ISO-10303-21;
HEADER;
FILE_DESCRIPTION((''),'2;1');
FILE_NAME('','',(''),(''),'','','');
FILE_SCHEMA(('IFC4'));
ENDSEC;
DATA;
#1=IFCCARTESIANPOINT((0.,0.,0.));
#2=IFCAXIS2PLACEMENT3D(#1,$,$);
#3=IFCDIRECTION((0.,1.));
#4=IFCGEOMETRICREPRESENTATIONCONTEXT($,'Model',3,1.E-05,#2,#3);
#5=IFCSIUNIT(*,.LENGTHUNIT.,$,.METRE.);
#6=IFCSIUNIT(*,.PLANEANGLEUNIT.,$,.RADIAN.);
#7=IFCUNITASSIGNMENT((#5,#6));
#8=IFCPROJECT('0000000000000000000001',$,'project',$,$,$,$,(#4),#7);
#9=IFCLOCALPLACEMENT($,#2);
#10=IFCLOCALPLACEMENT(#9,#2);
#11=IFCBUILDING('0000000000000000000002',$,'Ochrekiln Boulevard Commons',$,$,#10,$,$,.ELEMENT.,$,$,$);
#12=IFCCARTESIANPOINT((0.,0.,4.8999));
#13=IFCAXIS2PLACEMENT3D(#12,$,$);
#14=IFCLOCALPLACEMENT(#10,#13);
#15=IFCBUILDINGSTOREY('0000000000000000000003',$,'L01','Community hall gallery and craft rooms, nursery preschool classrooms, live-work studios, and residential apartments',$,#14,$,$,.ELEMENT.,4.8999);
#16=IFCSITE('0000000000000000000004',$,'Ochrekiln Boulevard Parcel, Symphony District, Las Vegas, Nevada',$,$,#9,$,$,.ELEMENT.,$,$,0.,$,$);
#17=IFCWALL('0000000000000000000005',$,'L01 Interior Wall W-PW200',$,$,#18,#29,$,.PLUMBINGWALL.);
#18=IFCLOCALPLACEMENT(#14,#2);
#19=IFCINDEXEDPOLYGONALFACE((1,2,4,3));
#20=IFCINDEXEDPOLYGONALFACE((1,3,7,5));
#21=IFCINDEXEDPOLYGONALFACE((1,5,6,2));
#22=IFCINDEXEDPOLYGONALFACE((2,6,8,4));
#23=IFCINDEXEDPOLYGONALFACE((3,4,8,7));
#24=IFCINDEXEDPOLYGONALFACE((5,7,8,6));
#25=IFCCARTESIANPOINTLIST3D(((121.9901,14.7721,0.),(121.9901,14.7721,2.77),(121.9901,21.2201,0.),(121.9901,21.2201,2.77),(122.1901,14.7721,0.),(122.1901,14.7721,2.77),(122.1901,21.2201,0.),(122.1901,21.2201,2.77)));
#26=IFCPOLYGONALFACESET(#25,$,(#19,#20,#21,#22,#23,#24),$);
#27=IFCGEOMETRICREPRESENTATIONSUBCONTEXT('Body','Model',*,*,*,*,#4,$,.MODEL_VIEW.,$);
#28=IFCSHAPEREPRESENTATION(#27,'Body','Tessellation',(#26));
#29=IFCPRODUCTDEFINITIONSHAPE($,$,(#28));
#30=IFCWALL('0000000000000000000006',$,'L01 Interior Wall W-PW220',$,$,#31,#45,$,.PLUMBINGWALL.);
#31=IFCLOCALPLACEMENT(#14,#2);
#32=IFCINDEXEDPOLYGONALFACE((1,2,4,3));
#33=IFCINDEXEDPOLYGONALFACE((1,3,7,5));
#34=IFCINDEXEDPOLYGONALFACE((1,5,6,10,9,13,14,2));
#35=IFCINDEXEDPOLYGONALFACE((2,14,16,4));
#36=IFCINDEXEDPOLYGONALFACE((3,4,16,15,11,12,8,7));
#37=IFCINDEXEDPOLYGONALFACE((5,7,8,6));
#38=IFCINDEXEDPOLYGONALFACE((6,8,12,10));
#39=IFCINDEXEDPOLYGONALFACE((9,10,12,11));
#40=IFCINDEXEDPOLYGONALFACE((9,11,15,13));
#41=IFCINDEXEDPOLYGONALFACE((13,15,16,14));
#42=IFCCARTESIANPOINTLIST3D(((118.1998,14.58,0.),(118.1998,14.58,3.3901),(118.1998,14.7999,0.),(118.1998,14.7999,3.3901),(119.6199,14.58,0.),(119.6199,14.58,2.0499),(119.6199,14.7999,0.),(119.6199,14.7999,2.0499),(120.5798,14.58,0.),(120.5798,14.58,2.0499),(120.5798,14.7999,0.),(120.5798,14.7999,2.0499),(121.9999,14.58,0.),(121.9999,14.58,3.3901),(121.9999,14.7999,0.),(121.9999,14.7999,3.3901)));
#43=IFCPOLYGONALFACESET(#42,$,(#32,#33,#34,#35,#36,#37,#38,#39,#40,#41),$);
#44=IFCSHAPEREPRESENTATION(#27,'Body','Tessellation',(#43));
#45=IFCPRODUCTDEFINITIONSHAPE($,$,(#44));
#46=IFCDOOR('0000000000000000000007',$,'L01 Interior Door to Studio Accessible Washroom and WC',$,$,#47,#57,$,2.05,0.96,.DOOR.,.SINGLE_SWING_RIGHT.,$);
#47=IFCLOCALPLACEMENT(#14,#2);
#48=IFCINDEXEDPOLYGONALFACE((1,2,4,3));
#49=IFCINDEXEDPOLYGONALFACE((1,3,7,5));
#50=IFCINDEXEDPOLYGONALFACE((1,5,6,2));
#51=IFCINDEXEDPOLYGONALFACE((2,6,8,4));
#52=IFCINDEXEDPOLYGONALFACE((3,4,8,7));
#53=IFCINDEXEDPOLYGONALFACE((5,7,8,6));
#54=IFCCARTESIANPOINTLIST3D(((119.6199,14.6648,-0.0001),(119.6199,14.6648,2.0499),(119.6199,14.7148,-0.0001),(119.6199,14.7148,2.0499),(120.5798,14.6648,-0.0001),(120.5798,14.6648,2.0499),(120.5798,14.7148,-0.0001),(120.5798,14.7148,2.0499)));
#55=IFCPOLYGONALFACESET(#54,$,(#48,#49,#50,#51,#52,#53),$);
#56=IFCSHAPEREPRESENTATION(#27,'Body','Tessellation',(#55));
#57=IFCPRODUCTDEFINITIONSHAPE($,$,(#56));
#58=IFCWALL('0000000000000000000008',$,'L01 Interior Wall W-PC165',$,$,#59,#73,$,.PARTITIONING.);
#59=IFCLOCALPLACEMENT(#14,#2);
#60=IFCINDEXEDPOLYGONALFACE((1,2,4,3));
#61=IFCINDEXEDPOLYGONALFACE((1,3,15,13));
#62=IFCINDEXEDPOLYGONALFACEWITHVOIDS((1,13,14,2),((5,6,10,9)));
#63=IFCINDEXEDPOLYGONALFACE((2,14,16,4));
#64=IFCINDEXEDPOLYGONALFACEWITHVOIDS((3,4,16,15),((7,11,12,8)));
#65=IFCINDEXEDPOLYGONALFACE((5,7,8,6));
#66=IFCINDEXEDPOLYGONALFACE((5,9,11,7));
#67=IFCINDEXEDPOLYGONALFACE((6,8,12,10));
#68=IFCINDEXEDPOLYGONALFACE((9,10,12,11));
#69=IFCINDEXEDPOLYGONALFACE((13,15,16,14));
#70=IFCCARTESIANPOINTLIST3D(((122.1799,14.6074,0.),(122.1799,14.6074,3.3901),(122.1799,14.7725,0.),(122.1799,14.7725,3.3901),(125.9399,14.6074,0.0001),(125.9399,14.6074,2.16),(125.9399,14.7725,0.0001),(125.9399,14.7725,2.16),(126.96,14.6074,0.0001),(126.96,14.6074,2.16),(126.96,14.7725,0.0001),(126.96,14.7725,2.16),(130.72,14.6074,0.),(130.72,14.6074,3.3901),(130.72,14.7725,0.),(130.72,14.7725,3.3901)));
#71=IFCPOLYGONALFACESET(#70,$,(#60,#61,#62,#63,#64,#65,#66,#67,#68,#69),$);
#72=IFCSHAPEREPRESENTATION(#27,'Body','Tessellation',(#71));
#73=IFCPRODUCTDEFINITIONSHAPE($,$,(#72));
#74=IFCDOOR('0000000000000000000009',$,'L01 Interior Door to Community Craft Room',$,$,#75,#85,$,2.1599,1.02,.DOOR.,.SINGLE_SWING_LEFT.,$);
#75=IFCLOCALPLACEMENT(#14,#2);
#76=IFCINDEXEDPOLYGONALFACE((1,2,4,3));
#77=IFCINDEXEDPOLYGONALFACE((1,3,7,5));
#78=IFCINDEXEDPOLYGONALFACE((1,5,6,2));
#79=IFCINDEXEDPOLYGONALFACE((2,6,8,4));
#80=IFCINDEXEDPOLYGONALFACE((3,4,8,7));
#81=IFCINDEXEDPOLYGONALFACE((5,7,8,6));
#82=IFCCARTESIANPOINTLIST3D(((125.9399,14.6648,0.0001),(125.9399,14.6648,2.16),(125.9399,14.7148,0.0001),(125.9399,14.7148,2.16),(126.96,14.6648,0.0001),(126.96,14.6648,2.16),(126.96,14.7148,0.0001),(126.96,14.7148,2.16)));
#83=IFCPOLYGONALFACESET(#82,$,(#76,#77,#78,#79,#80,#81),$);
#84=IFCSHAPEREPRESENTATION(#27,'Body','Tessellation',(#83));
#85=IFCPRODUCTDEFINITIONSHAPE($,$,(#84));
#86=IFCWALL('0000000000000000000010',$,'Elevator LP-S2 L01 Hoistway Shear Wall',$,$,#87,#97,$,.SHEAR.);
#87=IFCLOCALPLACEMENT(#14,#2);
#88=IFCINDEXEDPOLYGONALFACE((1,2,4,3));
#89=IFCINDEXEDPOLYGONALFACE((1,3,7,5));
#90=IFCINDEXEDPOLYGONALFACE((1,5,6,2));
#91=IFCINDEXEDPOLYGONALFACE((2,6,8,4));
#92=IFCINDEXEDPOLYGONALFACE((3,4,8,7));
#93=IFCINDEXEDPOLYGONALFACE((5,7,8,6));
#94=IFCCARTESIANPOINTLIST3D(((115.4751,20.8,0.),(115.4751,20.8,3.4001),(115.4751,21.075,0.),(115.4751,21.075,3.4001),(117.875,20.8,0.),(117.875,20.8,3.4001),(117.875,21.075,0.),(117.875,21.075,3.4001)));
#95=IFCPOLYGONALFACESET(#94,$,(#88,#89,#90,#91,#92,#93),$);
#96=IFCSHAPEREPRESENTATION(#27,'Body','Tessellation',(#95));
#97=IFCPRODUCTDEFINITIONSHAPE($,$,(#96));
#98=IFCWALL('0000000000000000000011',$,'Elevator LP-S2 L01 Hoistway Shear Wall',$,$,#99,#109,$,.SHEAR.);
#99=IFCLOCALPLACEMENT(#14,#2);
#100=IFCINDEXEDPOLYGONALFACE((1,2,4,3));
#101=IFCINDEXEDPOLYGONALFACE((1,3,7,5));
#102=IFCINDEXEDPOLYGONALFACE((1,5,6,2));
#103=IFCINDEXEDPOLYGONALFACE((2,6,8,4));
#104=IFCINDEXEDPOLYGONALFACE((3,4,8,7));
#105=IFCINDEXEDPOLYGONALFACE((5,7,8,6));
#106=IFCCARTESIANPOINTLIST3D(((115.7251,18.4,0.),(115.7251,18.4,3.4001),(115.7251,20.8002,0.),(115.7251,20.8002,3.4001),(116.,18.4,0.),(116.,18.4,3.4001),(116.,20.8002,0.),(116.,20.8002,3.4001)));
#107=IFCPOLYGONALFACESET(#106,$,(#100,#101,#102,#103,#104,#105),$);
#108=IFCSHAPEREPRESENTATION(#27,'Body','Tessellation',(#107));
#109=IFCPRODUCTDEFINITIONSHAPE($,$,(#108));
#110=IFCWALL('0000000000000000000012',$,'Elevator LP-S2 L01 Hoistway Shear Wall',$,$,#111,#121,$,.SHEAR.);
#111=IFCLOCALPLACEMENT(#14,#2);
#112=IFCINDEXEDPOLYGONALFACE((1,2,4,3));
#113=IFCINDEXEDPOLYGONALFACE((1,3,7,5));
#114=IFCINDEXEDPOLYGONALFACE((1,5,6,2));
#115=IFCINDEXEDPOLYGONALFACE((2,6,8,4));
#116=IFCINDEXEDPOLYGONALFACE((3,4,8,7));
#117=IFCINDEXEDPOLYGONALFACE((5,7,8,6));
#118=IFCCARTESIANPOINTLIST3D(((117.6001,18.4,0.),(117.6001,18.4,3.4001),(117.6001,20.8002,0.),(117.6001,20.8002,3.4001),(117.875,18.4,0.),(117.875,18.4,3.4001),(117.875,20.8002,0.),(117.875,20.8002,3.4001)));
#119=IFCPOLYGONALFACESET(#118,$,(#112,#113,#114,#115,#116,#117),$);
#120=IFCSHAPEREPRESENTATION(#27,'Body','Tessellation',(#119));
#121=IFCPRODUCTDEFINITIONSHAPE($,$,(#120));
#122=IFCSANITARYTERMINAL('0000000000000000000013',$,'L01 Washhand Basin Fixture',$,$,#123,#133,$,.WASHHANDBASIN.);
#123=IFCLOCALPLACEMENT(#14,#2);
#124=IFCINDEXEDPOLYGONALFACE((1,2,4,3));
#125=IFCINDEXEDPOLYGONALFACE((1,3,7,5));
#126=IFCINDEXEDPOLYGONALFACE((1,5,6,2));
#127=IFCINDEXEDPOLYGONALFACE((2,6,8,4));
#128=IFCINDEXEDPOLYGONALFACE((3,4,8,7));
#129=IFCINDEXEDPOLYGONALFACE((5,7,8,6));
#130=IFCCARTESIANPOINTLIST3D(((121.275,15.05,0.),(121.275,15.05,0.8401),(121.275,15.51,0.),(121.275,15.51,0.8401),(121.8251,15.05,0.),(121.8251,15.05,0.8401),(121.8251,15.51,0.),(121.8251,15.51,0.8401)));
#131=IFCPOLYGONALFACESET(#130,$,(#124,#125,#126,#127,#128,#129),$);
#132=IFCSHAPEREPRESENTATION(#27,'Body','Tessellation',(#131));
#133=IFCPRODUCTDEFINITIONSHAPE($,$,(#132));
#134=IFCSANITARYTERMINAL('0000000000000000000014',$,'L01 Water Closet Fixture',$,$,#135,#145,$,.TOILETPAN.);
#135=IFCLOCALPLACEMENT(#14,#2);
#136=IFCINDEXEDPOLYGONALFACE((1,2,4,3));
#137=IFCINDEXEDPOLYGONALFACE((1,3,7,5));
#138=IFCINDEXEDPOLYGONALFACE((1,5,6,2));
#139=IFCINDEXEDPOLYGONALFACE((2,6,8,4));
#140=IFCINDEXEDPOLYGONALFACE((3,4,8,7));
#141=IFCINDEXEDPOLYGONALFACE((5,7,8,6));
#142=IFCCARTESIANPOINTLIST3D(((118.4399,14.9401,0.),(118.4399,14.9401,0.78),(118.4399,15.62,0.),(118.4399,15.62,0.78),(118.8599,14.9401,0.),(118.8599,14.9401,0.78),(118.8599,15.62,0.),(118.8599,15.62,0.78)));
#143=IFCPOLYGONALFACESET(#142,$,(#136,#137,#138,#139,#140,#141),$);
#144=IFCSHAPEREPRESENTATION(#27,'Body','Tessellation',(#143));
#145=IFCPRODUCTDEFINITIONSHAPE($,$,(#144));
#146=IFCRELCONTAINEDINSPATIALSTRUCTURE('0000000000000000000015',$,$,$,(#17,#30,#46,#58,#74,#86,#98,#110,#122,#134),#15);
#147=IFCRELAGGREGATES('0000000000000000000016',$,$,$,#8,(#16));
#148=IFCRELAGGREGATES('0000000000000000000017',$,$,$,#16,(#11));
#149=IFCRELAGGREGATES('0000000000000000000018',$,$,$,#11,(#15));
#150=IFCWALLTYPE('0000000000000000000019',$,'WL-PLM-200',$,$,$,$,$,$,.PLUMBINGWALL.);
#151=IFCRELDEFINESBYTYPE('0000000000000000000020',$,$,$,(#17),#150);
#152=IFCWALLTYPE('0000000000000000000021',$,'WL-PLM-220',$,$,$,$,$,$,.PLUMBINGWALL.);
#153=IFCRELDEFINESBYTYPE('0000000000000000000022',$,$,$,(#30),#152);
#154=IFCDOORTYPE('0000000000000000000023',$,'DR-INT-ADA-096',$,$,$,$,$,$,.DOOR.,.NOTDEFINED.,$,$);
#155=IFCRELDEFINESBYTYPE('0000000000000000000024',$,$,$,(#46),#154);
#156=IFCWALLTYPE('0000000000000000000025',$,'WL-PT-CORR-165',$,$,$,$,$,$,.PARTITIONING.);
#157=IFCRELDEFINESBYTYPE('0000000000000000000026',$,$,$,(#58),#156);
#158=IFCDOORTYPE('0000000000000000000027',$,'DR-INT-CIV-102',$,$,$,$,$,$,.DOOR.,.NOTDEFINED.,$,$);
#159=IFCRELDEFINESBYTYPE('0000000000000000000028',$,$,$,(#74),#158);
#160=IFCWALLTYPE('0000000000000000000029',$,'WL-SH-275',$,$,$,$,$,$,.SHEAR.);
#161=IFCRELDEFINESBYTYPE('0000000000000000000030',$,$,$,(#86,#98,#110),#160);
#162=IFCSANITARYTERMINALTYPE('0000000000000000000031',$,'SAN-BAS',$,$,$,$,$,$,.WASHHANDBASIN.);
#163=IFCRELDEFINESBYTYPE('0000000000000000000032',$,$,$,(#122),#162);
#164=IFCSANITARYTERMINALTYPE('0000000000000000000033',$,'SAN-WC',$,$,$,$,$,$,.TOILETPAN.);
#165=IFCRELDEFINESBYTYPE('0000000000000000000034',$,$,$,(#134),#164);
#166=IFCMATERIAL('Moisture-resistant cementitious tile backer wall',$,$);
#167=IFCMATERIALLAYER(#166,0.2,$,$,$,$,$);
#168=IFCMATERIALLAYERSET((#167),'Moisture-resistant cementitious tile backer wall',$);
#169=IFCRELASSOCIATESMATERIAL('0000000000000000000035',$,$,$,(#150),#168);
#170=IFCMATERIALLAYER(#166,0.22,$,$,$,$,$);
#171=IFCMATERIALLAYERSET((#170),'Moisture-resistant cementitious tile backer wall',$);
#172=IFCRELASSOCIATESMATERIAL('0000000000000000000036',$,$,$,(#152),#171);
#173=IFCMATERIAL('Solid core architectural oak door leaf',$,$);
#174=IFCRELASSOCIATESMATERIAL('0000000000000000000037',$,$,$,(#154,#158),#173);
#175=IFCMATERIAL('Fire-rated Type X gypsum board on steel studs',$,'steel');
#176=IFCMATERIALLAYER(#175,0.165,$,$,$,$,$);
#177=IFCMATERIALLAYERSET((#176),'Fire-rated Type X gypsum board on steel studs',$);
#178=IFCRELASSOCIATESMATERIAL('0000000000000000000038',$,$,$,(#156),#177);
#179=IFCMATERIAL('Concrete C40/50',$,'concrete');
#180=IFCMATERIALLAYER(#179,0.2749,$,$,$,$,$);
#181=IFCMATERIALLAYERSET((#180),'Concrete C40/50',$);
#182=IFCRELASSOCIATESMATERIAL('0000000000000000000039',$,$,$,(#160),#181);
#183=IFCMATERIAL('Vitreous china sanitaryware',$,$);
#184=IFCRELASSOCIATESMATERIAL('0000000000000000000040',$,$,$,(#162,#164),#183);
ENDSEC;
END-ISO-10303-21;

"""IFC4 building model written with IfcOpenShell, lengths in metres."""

from ifc_helpers import new_model, si_unit, direction, frame, frame_2d, origin, origin_2d, place, context, subcontext, project, spatial, rectangle, extrude, material, layer, layer_set, type_object, element, fill, save


model = new_model("IFC4")

# Units and contexts
model_context = context("Model", 3, precision=1e-05, world=origin(), true_north=direction((0.0, 1.0)))
body_context = subcontext(model_context, "Body", "Model", "MODEL_VIEW")
ifc_project = project(units=[si_unit("LENGTHUNIT", "METRE"), si_unit("PLANEANGLEUNIT", "RADIAN")], contexts=[model_context])

# Site, building, storey
site_placement = place(None, origin())
site = spatial("IfcSite", under=ifc_project, at=site_placement, Name="Ochrekiln Boulevard Parcel, Symphony District, Las Vegas, Nevada", CompositionType="ELEMENT", RefElevation=0.0)
building_placement = place(site_placement, origin())
building = spatial("IfcBuilding", under=site, at=building_placement, Name="Ochrekiln Boulevard Commons", CompositionType="ELEMENT")
storey_placement = place(building_placement, frame((0.0, 0.0, 4.8999)))
storey = spatial("IfcBuildingStorey", under=building, at=storey_placement, Name="L01", Description="Community hall gallery and craft rooms, nursery preschool classrooms, live-work studios, and residential apartments", CompositionType="ELEMENT", Elevation=4.8999)

# Shared definitions
ifc_material_1 = material(Name="Concrete C40/50", Category="concrete")

# Wall
ifc_material_2 = material(Name="Moisture-resistant cementitious tile backer wall")
ifc_layer_1 = layer(ifc_material_2, 0.2)
ifc_layer_set_1 = layer_set([ifc_layer_1], Name="Moisture-resistant cementitious tile backer wall")
wall_type_1 = type_object("IfcWallType", Name="WL-PLM-200", PredefinedType="PLUMBINGWALL", material=ifc_layer_set_1)
wall_1_placement = place(storey_placement, frame((122.0901, 14.772, 0.0), z_axis=(0.0, 0.0, 1.0), x_axis=(0.0, 1.0, 0.0)))
element("IfcWall", 1, at=wall_1_placement, inside=storey, type_object=wall_type_1, Name="L01 Interior Wall W-PW200", PredefinedType="PLUMBINGWALL", context=body_context, shape_type="SweptSolid", body=[
    extrude(rectangle(XDim=6.448, YDim=0.2, at=frame_2d((3.2241, 0.0))), origin(), (0.0, 0.0, 1.0), 2.77),
])

# Walls, openings, doors
ifc_layer_2 = layer(ifc_material_2, 0.22)
ifc_layer_set_2 = layer_set([ifc_layer_2], Name="Moisture-resistant cementitious tile backer wall")
wall_type_2 = type_object("IfcWallType", Name="WL-PLM-220", PredefinedType="PLUMBINGWALL", material=ifc_layer_set_2)
wall_2_placement = place(storey_placement, frame((118.2, 14.6899, 0.0), z_axis=(0.0, 0.0, 1.0), x_axis=(1.0, 0.0, 0.0)))
wall_2 = element("IfcWall", 2, at=wall_2_placement, inside=storey, type_object=wall_type_2, Name="L01 Interior Wall W-PW220", PredefinedType="PLUMBINGWALL", context=body_context, shape_type="SweptSolid", body=[
    extrude(rectangle(XDim=3.8, YDim=0.22, at=frame_2d((1.8999, 0.0))), origin(), (0.0, 0.0, 1.0), 3.3901),
])
opening_1_placement = place(wall_2_placement, frame((1.4199, 0.0, 0.0)))
opening_1 = element("IfcOpeningElement", 3, at=opening_1_placement, cuts=wall_2, PredefinedType="OPENING", context=body_context, shape_type="SweptSolid", body=[
    extrude(rectangle(XDim=0.96, YDim=2.05, at=frame_2d((0.48, 1.0249))), frame((0.0, 0.1199, 0.0), z_axis=(0.0, -1.0, 0.0), x_axis=(1.0, 0.0, 0.0)), (0.0, 0.0, 1.0), 0.24),
])
ifc_material_3 = material(Name="Solid core architectural oak door leaf")
door_type_1 = type_object("IfcDoorType", Name="DR-INT-ADA-096", OperationType="NOTDEFINED", PredefinedType="DOOR", material=ifc_material_3)
door_1_placement = place(opening_1_placement, origin())
door_1 = element("IfcDoor", 4, at=door_1_placement, inside=storey, type_object=door_type_1, Name="L01 Interior Door to Studio Accessible Washroom and WC", OperationType="SINGLE_SWING_RIGHT", OverallHeight=2.05, OverallWidth=0.96, PredefinedType="DOOR", context=body_context, shape_type="SweptSolid", body=[
    extrude(rectangle(XDim=0.96, YDim=2.05, at=frame_2d((0.48, 1.0249))), frame((0.0, 0.0249, 0.0), z_axis=(0.0, -1.0, 0.0), x_axis=(1.0, 0.0, 0.0)), (0.0, 0.0, 1.0), 0.05),
])
fill(opening_1, door_1)
ifc_material_4 = material(Name="Fire-rated Type X gypsum board on steel studs", Category="steel")
ifc_layer_3 = layer(ifc_material_4, 0.165)
ifc_layer_set_3 = layer_set([ifc_layer_3], Name="Fire-rated Type X gypsum board on steel studs")
wall_type_3 = type_object("IfcWallType", Name="WL-PT-CORR-165", PredefinedType="PARTITIONING", material=ifc_layer_set_3)
wall_3_placement = place(storey_placement, frame((122.1799, 14.6899, 0.0), z_axis=(0.0, 0.0, 1.0), x_axis=(1.0, 0.0, 0.0)))
wall_3 = element("IfcWall", 5, at=wall_3_placement, inside=storey, type_object=wall_type_3, Name="L01 Interior Wall W-PC165", PredefinedType="PARTITIONING", context=body_context, shape_type="SweptSolid", body=[
    extrude(rectangle(XDim=8.54, YDim=0.165, at=frame_2d((4.27, 0.0))), origin(), (0.0, 0.0, 1.0), 3.3901),
])
opening_2_placement = place(wall_3_placement, frame((3.76, 0.0, 0.0)))
opening_2 = element("IfcOpeningElement", 6, at=opening_2_placement, cuts=wall_3, PredefinedType="OPENING", context=body_context, shape_type="SweptSolid", body=[
    extrude(rectangle(XDim=1.02, YDim=2.1599, at=frame_2d((0.51, 1.0801))), frame((0.0, 0.0925, 0.0), z_axis=(0.0, -1.0, 0.0), x_axis=(1.0, 0.0, 0.0)), (0.0, 0.0, 1.0), 0.1851),
])
door_type_2 = type_object("IfcDoorType", Name="DR-INT-CIV-102", OperationType="NOTDEFINED", PredefinedType="DOOR", material=ifc_material_3)
door_2_placement = place(opening_2_placement, origin())
door_2 = element("IfcDoor", 7, at=door_2_placement, inside=storey, type_object=door_type_2, Name="L01 Interior Door to Community Craft Room", OperationType="SINGLE_SWING_LEFT", OverallHeight=2.1599, OverallWidth=1.02, PredefinedType="DOOR", context=body_context, shape_type="SweptSolid", body=[
    extrude(rectangle(XDim=1.02, YDim=2.1599, at=frame_2d((0.51, 1.0801))), frame((0.0, 0.0249, 0.0), z_axis=(0.0, -1.0, 0.0), x_axis=(1.0, 0.0, 0.0)), (0.0, 0.0, 1.0), 0.05),
])
fill(opening_2, door_2)
ifc_layer_4 = layer(ifc_material_1, 0.2749)
ifc_layer_set_4 = layer_set([ifc_layer_4], Name="Concrete C40/50")
wall_type_4 = type_object("IfcWallType", Name="WL-SH-275", PredefinedType="SHEAR", material=ifc_layer_set_4)

# Walls
wall_4_placement = place(storey_placement, frame((115.4751, 20.9375, 0.0), z_axis=(0.0, 0.0, 1.0), x_axis=(1.0, 0.0, 0.0)))
element("IfcWall", 8, at=wall_4_placement, inside=storey, type_object=wall_type_4, Name="Elevator LP-S2 L01 Hoistway Shear Wall", PredefinedType="SHEAR", context=body_context, shape_type="SweptSolid", body=[
    extrude(rectangle(XDim=2.3999, YDim=0.2749, at=frame_2d((1.2, 0.0))), origin(), (0.0, 0.0, 1.0), 3.4001),
])
for number, where, z_axis, x_axis, name in (
    (9, (115.8625, 18.3999, 0.0), (0.0, 0.0, 1.0), (0.0, 1.0, 0.0), "Elevator LP-S2 L01 Hoistway Shear Wall"),
    (10, (117.7375, 18.3999, 0.0), (0.0, 0.0, 1.0), (0.0, 1.0, 0.0), "Elevator LP-S2 L01 Hoistway Shear Wall"),
):
    element("IfcWall", number, at=place(storey_placement, frame(where, z_axis=z_axis, x_axis=x_axis)), inside=storey, type_object=wall_type_4, Name=name, PredefinedType="SHEAR", context=body_context, shape_type="SweptSolid", body=[
        extrude(rectangle(XDim=2.4001, YDim=0.2749, at=frame_2d((1.2002, 0.0))), origin(), (0.0, 0.0, 1.0), 3.4001),
    ])

# Sanitary terminals
ifc_material_5 = material(Name="Vitreous china sanitaryware")
sanitary_terminal_type_1 = type_object("IfcSanitaryTerminalType", Name="SAN-BAS", PredefinedType="WASHHANDBASIN", material=ifc_material_5)
sanitary_terminal_1_placement = place(storey_placement, frame((121.55, 15.28, 0.0), z_axis=(0.0, 0.0, 1.0), x_axis=(1.0, 0.0, 0.0)))
element("IfcSanitaryTerminal", 11, at=sanitary_terminal_1_placement, inside=storey, type_object=sanitary_terminal_type_1, Name="L01 Washhand Basin Fixture", PredefinedType="WASHHANDBASIN", context=body_context, shape_type="SweptSolid", body=[
    extrude(rectangle(XDim=0.55, YDim=0.46, at=origin_2d()), origin(), (0.0, 0.0, 1.0), 0.8401),
])
sanitary_terminal_type_2 = type_object("IfcSanitaryTerminalType", Name="SAN-WC", PredefinedType="TOILETPAN", material=ifc_material_5)
sanitary_terminal_2_placement = place(storey_placement, frame((118.6499, 15.28, 0.0), z_axis=(0.0, 0.0, 1.0), x_axis=(1.0, 0.0, 0.0)))
element("IfcSanitaryTerminal", 12, at=sanitary_terminal_2_placement, inside=storey, type_object=sanitary_terminal_type_2, Name="L01 Water Closet Fixture", PredefinedType="TOILETPAN", context=body_context, shape_type="SweptSolid", body=[
    extrude(rectangle(XDim=0.4199, YDim=0.6799, at=origin_2d()), origin(), (0.0, 0.0, 1.0), 0.78),
])

save(model, "model.ifc")
